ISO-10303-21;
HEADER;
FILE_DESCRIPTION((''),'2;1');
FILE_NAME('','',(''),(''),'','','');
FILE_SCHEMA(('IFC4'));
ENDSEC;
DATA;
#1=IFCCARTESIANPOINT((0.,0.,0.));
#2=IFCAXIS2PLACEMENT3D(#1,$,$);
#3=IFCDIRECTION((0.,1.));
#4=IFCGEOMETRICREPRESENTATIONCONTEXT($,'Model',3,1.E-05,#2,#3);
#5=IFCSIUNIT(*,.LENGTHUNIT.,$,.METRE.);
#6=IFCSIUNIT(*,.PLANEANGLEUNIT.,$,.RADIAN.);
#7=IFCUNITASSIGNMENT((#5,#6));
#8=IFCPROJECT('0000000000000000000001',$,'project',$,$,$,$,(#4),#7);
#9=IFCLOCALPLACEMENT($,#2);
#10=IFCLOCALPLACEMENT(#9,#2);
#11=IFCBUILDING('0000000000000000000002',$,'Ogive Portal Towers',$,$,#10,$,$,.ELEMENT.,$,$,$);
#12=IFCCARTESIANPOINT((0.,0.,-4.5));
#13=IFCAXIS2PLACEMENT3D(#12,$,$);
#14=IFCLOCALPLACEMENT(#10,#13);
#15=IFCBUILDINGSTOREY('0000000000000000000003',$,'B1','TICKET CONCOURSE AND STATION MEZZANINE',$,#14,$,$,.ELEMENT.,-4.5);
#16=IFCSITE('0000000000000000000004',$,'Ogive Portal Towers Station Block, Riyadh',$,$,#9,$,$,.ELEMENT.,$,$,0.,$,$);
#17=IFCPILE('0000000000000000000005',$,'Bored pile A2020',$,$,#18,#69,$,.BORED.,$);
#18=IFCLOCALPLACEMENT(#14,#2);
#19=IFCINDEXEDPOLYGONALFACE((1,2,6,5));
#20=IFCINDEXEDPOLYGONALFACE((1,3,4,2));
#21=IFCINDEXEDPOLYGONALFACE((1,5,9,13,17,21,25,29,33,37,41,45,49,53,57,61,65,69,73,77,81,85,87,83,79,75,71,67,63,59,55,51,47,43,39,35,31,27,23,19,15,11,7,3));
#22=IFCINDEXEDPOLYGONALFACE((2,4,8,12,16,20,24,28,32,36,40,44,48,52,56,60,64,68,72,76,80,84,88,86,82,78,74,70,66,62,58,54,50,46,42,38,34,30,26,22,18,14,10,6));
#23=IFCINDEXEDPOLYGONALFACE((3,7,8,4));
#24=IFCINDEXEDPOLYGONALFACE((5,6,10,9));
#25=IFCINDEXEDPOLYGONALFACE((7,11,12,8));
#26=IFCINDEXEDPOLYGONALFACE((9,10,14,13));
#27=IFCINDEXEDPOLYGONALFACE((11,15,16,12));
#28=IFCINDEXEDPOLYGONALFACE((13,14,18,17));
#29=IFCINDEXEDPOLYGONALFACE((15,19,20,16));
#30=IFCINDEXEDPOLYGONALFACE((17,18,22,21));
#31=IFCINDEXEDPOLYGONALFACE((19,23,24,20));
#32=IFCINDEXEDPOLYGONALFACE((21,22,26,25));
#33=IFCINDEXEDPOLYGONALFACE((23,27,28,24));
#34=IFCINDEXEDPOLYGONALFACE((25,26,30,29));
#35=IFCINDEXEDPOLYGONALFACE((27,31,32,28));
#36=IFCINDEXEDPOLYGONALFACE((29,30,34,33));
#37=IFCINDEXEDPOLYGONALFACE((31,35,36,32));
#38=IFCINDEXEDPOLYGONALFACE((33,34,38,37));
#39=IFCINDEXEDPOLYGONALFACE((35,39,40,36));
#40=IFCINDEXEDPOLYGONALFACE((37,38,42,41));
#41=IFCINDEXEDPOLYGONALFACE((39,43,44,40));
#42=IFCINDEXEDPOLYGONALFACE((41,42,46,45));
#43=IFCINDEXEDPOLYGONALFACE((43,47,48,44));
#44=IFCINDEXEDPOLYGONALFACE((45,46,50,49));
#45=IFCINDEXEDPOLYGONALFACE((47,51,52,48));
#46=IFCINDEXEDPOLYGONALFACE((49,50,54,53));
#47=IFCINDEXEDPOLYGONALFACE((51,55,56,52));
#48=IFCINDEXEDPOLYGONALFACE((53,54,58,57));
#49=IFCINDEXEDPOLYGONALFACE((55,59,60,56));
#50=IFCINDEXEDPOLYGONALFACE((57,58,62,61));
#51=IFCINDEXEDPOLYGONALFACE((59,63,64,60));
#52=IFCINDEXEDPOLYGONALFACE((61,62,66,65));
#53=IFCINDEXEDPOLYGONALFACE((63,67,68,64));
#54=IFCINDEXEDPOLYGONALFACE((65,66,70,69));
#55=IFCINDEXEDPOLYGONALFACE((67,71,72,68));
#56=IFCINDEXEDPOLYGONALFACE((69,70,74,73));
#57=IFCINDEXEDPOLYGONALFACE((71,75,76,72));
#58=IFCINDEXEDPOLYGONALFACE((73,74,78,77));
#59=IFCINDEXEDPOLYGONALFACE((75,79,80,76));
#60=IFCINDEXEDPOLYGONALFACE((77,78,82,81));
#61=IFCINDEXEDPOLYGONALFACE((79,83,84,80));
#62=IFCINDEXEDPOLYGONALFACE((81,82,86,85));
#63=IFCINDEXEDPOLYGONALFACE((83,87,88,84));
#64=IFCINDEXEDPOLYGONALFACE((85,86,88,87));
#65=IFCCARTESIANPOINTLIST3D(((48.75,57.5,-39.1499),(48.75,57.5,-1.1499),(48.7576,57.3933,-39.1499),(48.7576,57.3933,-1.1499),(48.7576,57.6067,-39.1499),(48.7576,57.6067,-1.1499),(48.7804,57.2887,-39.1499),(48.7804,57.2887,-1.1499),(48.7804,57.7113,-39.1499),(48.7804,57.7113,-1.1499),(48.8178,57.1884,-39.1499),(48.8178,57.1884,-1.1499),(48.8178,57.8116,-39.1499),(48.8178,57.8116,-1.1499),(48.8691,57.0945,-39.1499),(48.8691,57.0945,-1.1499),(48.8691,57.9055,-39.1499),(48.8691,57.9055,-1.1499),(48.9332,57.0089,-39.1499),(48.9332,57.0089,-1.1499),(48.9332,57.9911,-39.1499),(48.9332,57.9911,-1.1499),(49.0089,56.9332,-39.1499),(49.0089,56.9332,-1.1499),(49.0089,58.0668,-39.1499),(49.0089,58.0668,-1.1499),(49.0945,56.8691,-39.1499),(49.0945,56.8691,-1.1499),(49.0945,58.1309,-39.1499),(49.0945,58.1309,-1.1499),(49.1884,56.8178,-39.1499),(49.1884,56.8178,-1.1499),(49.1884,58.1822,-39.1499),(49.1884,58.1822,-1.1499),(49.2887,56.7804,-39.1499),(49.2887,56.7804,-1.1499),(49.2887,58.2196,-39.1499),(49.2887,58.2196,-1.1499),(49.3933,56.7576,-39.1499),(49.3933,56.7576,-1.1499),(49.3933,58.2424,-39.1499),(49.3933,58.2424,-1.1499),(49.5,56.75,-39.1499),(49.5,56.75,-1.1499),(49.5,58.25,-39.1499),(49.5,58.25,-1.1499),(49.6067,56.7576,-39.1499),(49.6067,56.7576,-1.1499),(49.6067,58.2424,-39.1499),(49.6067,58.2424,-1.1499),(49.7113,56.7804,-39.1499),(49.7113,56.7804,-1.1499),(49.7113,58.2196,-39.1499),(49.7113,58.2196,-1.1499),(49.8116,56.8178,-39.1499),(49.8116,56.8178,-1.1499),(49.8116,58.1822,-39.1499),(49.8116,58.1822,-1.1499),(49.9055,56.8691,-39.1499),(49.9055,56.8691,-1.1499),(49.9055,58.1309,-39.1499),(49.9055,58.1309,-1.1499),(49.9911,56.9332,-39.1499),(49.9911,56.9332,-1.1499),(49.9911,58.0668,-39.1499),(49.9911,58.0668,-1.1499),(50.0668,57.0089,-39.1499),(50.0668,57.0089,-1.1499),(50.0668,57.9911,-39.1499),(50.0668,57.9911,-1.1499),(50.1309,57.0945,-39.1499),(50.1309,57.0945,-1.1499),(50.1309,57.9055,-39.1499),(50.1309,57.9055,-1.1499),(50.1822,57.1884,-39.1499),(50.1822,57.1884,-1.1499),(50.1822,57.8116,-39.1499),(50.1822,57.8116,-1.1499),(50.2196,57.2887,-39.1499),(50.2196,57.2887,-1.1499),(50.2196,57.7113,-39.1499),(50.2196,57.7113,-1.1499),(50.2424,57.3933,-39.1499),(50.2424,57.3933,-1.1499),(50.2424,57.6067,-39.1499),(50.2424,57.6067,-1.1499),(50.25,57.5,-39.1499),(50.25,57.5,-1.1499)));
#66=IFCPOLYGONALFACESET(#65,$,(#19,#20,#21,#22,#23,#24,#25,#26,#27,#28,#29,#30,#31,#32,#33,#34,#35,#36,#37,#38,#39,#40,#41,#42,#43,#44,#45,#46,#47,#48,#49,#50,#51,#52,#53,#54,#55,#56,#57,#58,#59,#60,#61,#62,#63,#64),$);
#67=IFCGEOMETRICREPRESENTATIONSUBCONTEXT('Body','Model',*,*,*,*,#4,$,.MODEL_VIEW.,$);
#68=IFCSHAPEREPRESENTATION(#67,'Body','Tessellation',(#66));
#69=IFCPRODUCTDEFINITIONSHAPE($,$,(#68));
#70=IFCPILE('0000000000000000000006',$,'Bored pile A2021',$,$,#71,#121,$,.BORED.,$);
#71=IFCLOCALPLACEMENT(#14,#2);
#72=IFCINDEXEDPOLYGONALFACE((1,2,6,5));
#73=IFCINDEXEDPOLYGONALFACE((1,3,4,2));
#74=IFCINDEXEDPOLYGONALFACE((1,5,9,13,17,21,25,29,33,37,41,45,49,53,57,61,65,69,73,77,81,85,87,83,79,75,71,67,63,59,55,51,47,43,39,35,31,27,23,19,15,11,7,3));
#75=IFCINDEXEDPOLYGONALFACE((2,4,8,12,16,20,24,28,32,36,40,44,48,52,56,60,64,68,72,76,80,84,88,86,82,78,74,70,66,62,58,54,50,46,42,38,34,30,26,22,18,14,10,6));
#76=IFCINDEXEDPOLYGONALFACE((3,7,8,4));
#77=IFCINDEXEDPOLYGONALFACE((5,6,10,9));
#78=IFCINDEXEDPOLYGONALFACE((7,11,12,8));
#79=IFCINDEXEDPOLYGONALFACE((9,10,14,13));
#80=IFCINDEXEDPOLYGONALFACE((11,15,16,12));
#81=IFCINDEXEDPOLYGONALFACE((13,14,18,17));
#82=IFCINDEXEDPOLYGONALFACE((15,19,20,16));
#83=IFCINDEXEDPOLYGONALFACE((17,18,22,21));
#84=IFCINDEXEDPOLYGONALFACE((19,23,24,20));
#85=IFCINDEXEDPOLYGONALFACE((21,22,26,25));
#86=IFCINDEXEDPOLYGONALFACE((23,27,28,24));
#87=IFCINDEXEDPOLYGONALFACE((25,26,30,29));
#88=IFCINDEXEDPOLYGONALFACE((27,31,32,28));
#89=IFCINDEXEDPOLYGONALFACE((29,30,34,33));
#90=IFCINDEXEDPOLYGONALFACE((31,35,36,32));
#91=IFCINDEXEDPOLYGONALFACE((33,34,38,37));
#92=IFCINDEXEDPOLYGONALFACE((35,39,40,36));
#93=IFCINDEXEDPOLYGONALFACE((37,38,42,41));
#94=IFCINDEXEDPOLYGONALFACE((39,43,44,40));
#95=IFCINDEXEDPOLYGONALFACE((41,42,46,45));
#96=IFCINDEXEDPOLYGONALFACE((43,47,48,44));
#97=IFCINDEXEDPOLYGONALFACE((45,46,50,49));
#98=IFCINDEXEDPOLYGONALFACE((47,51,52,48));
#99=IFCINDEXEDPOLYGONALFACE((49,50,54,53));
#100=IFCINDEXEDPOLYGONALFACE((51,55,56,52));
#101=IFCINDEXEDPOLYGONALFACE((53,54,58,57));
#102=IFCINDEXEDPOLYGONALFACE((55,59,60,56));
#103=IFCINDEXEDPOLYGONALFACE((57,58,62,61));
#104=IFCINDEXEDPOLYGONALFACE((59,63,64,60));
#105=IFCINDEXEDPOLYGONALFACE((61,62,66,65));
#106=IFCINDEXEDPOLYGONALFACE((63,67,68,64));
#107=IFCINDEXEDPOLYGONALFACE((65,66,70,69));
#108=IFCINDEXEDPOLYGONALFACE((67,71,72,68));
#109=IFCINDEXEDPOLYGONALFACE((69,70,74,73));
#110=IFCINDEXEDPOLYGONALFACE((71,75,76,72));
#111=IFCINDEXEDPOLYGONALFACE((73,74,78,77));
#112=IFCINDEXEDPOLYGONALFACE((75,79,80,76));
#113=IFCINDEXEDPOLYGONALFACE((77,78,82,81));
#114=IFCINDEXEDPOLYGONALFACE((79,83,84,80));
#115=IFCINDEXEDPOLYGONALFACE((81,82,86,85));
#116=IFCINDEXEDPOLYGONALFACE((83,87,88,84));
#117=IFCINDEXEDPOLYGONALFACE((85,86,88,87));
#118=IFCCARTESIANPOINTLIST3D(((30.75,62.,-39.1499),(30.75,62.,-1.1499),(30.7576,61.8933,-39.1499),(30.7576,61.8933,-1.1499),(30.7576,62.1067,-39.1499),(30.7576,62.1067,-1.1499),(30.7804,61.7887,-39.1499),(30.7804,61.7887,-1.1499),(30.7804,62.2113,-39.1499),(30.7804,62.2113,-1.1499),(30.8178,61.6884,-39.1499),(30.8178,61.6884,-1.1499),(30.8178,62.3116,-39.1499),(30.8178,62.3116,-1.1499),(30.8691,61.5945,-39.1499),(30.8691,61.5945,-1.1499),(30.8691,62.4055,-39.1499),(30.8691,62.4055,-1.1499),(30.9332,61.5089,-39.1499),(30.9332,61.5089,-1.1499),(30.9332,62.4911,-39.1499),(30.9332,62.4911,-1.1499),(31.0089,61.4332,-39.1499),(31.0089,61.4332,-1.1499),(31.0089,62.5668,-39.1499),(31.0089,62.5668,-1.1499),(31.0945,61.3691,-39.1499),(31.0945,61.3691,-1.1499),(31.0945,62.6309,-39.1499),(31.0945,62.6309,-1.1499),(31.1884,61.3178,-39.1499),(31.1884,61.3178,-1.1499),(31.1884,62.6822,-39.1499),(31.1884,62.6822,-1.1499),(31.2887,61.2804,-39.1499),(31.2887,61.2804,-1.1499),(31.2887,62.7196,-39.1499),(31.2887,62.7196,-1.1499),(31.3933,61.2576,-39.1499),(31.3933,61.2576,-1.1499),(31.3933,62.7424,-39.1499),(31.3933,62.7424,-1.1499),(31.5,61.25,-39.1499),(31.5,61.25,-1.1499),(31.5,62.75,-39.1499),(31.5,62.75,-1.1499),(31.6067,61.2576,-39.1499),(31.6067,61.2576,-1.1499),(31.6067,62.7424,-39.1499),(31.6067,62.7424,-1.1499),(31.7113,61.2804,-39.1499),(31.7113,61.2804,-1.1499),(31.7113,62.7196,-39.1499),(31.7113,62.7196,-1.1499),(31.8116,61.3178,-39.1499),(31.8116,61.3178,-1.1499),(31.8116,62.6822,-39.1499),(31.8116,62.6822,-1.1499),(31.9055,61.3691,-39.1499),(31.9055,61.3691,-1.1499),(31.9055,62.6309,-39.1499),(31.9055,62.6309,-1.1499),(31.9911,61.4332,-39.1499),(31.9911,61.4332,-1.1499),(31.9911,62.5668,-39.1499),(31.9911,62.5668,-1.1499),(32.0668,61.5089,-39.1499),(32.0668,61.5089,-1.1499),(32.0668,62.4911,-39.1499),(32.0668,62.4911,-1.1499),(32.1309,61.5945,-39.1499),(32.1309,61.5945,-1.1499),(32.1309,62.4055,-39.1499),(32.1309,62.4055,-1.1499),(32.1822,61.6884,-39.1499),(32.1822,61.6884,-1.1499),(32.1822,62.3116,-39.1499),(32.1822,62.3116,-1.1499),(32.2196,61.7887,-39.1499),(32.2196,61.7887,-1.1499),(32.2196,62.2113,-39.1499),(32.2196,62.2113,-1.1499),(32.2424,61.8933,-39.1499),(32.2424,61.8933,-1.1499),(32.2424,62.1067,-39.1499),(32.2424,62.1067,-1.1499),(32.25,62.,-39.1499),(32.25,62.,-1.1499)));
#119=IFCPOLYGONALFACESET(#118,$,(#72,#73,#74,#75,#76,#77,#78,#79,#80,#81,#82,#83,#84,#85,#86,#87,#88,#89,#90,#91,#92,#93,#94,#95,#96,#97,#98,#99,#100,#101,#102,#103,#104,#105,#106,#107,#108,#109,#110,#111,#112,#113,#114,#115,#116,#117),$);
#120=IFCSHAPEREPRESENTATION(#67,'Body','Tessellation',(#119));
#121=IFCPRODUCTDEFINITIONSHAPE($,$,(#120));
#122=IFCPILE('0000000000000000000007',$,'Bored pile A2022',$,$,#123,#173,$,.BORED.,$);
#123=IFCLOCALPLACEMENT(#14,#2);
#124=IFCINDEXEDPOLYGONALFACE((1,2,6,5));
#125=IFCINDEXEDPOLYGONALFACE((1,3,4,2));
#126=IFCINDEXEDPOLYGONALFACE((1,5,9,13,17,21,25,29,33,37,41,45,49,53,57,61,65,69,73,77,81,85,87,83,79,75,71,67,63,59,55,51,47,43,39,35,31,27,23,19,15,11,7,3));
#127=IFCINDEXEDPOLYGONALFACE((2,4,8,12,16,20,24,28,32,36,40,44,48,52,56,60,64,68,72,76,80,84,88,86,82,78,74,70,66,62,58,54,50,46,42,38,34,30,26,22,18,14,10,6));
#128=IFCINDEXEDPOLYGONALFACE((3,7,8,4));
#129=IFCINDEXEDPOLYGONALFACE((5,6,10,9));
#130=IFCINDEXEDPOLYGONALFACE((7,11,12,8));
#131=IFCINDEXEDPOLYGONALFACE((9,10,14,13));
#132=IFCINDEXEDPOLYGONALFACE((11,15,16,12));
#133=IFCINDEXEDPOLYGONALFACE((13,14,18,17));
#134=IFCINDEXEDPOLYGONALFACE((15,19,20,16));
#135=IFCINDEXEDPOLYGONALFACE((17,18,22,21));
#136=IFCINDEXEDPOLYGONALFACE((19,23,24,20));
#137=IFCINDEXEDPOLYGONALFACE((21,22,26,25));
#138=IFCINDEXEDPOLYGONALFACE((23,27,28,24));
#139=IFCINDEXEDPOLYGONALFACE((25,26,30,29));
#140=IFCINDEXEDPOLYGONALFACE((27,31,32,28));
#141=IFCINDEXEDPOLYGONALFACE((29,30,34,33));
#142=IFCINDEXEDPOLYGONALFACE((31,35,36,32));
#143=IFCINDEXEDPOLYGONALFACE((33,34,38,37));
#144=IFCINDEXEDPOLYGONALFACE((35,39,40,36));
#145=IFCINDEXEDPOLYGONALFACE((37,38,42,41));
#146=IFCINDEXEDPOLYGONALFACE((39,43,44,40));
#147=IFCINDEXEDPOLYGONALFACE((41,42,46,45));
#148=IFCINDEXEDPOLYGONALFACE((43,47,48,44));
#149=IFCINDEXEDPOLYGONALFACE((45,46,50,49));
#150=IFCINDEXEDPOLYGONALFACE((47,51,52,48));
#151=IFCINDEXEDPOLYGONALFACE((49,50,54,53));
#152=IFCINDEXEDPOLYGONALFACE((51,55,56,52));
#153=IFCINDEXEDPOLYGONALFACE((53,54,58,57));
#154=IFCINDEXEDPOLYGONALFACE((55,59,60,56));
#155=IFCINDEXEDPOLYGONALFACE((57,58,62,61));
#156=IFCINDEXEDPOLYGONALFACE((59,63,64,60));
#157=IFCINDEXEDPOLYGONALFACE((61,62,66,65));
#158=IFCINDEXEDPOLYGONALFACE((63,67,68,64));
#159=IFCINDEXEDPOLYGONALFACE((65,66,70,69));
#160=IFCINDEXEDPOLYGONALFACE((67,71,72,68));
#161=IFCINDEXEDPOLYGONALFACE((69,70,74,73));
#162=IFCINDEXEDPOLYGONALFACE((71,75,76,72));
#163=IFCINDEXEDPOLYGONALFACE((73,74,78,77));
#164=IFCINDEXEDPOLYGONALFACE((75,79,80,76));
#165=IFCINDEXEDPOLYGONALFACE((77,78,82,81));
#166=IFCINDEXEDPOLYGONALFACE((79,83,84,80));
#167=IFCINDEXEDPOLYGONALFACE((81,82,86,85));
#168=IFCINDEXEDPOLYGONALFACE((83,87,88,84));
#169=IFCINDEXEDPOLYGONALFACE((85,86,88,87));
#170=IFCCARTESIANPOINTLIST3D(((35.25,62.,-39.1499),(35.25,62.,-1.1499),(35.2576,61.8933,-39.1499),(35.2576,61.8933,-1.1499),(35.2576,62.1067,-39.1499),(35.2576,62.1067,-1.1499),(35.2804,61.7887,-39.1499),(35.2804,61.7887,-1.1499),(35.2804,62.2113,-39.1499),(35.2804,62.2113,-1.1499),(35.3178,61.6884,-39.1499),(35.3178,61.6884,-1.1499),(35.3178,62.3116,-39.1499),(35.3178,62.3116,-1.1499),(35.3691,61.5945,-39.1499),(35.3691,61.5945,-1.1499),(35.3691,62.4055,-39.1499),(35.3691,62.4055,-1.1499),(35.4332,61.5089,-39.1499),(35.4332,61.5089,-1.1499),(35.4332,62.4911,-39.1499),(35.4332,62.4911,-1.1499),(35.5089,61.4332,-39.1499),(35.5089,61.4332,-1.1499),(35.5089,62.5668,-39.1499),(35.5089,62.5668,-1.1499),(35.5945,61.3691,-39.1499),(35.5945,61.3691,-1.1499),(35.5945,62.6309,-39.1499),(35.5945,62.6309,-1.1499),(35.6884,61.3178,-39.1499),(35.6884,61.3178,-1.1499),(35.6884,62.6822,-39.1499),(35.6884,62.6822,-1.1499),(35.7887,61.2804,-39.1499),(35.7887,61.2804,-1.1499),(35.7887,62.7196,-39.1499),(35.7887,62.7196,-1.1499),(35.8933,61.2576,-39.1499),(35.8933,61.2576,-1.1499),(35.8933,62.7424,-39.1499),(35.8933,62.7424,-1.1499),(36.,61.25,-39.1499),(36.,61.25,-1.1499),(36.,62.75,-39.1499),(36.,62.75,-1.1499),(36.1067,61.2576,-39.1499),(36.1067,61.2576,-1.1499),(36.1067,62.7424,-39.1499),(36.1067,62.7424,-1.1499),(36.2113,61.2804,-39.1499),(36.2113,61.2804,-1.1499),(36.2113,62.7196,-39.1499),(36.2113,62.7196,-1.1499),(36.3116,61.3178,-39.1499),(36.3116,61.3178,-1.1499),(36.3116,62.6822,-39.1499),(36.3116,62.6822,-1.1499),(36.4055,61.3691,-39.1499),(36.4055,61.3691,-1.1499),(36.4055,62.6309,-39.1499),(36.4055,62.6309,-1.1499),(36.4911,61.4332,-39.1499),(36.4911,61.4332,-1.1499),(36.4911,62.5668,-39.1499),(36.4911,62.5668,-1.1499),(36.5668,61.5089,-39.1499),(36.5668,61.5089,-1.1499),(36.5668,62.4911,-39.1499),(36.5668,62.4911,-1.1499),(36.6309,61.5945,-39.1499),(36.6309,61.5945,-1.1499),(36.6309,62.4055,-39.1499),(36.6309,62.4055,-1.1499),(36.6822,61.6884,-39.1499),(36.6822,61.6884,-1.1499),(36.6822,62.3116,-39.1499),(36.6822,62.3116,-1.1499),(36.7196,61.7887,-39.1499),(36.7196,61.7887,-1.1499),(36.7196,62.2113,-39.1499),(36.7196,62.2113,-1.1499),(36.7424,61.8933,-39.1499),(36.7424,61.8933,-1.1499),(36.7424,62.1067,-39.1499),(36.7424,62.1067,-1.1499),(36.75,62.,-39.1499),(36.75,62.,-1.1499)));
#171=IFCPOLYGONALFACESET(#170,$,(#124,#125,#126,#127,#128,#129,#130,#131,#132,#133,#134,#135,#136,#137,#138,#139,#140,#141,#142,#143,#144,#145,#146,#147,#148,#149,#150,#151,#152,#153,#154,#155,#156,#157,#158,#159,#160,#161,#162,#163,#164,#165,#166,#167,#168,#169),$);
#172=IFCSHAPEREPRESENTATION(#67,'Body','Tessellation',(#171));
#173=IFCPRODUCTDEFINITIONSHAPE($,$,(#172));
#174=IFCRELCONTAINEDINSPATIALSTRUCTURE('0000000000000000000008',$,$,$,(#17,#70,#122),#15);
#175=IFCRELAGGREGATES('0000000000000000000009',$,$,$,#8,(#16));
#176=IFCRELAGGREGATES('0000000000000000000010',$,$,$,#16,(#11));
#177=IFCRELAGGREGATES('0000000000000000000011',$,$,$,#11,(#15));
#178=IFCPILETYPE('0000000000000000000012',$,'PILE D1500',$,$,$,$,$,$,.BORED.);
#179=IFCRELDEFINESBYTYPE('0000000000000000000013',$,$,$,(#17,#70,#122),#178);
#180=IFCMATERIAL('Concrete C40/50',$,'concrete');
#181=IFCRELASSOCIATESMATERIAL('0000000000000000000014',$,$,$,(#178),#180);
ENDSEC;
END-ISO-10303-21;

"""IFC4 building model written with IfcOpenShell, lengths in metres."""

from ifc_helpers import new_model, si_unit, direction, frame, origin, origin_2d, place, context, subcontext, project, spatial, circle, extrude, material, material_profile, profile_set, type_object, element, save


model = new_model("IFC4")

# Units and contexts
model_context = context("Model", 3, precision=1e-05, world=origin(), true_north=direction((0.0, 1.0)))
body_context = subcontext(model_context, "Body", "Model", "MODEL_VIEW")
ifc_project = project(units=[si_unit("LENGTHUNIT", "METRE"), si_unit("PLANEANGLEUNIT", "RADIAN")], contexts=[model_context])

# Site, building, storey
site_placement = place(None, origin())
site = spatial("IfcSite", under=ifc_project, at=site_placement, Name="Ogive Portal Towers Station Block, Riyadh", CompositionType="ELEMENT", RefElevation=0.0)
building_placement = place(site_placement, origin())
building = spatial("IfcBuilding", under=site, at=building_placement, Name="Ogive Portal Towers", CompositionType="ELEMENT")
storey_placement = place(building_placement, frame((0.0, 0.0, -4.5)))
storey = spatial("IfcBuildingStorey", under=building, at=storey_placement, Name="B1", Description="TICKET CONCOURSE AND STATION MEZZANINE", CompositionType="ELEMENT", Elevation=-4.5)

# Piles
ifc_material_1 = material(Name="Concrete C40/50", Category="concrete")
ifc_material_profile_1 = material_profile(ifc_material_1, circle(Radius=0.75, at=origin_2d()), Name="PILE D1500")
ifc_profile_set_1 = profile_set([ifc_material_profile_1], Name="Concrete C40/50")
pile_type = type_object("IfcPileType", Name="PILE D1500", PredefinedType="BORED", material=ifc_profile_set_1)
for number, where, z_axis, x_axis, name in (
    (1, (49.5, 57.5, -1.1499), (0.0, 0.0, -1.0), (1.0, 0.0, 0.0), "Bored pile A2020"),
    (2, (31.5, 62.0, -1.1499), (0.0, 0.0, -1.0), (1.0, 0.0, 0.0), "Bored pile A2021"),
    (3, (36.0, 62.0, -1.1499), (0.0, 0.0, -1.0), (1.0, 0.0, 0.0), "Bored pile A2022"),
):
    element("IfcPile", number, at=place(storey_placement, frame(where, z_axis=z_axis, x_axis=x_axis)), inside=storey, type_object=pile_type, Name=name, PredefinedType="BORED", context=body_context, shape_type="SweptSolid", body=[
        extrude(circle(Radius=0.75, at=origin_2d()), origin(), (0.0, 0.0, 1.0), 38.0),
    ])

save(model, "model.ifc")
